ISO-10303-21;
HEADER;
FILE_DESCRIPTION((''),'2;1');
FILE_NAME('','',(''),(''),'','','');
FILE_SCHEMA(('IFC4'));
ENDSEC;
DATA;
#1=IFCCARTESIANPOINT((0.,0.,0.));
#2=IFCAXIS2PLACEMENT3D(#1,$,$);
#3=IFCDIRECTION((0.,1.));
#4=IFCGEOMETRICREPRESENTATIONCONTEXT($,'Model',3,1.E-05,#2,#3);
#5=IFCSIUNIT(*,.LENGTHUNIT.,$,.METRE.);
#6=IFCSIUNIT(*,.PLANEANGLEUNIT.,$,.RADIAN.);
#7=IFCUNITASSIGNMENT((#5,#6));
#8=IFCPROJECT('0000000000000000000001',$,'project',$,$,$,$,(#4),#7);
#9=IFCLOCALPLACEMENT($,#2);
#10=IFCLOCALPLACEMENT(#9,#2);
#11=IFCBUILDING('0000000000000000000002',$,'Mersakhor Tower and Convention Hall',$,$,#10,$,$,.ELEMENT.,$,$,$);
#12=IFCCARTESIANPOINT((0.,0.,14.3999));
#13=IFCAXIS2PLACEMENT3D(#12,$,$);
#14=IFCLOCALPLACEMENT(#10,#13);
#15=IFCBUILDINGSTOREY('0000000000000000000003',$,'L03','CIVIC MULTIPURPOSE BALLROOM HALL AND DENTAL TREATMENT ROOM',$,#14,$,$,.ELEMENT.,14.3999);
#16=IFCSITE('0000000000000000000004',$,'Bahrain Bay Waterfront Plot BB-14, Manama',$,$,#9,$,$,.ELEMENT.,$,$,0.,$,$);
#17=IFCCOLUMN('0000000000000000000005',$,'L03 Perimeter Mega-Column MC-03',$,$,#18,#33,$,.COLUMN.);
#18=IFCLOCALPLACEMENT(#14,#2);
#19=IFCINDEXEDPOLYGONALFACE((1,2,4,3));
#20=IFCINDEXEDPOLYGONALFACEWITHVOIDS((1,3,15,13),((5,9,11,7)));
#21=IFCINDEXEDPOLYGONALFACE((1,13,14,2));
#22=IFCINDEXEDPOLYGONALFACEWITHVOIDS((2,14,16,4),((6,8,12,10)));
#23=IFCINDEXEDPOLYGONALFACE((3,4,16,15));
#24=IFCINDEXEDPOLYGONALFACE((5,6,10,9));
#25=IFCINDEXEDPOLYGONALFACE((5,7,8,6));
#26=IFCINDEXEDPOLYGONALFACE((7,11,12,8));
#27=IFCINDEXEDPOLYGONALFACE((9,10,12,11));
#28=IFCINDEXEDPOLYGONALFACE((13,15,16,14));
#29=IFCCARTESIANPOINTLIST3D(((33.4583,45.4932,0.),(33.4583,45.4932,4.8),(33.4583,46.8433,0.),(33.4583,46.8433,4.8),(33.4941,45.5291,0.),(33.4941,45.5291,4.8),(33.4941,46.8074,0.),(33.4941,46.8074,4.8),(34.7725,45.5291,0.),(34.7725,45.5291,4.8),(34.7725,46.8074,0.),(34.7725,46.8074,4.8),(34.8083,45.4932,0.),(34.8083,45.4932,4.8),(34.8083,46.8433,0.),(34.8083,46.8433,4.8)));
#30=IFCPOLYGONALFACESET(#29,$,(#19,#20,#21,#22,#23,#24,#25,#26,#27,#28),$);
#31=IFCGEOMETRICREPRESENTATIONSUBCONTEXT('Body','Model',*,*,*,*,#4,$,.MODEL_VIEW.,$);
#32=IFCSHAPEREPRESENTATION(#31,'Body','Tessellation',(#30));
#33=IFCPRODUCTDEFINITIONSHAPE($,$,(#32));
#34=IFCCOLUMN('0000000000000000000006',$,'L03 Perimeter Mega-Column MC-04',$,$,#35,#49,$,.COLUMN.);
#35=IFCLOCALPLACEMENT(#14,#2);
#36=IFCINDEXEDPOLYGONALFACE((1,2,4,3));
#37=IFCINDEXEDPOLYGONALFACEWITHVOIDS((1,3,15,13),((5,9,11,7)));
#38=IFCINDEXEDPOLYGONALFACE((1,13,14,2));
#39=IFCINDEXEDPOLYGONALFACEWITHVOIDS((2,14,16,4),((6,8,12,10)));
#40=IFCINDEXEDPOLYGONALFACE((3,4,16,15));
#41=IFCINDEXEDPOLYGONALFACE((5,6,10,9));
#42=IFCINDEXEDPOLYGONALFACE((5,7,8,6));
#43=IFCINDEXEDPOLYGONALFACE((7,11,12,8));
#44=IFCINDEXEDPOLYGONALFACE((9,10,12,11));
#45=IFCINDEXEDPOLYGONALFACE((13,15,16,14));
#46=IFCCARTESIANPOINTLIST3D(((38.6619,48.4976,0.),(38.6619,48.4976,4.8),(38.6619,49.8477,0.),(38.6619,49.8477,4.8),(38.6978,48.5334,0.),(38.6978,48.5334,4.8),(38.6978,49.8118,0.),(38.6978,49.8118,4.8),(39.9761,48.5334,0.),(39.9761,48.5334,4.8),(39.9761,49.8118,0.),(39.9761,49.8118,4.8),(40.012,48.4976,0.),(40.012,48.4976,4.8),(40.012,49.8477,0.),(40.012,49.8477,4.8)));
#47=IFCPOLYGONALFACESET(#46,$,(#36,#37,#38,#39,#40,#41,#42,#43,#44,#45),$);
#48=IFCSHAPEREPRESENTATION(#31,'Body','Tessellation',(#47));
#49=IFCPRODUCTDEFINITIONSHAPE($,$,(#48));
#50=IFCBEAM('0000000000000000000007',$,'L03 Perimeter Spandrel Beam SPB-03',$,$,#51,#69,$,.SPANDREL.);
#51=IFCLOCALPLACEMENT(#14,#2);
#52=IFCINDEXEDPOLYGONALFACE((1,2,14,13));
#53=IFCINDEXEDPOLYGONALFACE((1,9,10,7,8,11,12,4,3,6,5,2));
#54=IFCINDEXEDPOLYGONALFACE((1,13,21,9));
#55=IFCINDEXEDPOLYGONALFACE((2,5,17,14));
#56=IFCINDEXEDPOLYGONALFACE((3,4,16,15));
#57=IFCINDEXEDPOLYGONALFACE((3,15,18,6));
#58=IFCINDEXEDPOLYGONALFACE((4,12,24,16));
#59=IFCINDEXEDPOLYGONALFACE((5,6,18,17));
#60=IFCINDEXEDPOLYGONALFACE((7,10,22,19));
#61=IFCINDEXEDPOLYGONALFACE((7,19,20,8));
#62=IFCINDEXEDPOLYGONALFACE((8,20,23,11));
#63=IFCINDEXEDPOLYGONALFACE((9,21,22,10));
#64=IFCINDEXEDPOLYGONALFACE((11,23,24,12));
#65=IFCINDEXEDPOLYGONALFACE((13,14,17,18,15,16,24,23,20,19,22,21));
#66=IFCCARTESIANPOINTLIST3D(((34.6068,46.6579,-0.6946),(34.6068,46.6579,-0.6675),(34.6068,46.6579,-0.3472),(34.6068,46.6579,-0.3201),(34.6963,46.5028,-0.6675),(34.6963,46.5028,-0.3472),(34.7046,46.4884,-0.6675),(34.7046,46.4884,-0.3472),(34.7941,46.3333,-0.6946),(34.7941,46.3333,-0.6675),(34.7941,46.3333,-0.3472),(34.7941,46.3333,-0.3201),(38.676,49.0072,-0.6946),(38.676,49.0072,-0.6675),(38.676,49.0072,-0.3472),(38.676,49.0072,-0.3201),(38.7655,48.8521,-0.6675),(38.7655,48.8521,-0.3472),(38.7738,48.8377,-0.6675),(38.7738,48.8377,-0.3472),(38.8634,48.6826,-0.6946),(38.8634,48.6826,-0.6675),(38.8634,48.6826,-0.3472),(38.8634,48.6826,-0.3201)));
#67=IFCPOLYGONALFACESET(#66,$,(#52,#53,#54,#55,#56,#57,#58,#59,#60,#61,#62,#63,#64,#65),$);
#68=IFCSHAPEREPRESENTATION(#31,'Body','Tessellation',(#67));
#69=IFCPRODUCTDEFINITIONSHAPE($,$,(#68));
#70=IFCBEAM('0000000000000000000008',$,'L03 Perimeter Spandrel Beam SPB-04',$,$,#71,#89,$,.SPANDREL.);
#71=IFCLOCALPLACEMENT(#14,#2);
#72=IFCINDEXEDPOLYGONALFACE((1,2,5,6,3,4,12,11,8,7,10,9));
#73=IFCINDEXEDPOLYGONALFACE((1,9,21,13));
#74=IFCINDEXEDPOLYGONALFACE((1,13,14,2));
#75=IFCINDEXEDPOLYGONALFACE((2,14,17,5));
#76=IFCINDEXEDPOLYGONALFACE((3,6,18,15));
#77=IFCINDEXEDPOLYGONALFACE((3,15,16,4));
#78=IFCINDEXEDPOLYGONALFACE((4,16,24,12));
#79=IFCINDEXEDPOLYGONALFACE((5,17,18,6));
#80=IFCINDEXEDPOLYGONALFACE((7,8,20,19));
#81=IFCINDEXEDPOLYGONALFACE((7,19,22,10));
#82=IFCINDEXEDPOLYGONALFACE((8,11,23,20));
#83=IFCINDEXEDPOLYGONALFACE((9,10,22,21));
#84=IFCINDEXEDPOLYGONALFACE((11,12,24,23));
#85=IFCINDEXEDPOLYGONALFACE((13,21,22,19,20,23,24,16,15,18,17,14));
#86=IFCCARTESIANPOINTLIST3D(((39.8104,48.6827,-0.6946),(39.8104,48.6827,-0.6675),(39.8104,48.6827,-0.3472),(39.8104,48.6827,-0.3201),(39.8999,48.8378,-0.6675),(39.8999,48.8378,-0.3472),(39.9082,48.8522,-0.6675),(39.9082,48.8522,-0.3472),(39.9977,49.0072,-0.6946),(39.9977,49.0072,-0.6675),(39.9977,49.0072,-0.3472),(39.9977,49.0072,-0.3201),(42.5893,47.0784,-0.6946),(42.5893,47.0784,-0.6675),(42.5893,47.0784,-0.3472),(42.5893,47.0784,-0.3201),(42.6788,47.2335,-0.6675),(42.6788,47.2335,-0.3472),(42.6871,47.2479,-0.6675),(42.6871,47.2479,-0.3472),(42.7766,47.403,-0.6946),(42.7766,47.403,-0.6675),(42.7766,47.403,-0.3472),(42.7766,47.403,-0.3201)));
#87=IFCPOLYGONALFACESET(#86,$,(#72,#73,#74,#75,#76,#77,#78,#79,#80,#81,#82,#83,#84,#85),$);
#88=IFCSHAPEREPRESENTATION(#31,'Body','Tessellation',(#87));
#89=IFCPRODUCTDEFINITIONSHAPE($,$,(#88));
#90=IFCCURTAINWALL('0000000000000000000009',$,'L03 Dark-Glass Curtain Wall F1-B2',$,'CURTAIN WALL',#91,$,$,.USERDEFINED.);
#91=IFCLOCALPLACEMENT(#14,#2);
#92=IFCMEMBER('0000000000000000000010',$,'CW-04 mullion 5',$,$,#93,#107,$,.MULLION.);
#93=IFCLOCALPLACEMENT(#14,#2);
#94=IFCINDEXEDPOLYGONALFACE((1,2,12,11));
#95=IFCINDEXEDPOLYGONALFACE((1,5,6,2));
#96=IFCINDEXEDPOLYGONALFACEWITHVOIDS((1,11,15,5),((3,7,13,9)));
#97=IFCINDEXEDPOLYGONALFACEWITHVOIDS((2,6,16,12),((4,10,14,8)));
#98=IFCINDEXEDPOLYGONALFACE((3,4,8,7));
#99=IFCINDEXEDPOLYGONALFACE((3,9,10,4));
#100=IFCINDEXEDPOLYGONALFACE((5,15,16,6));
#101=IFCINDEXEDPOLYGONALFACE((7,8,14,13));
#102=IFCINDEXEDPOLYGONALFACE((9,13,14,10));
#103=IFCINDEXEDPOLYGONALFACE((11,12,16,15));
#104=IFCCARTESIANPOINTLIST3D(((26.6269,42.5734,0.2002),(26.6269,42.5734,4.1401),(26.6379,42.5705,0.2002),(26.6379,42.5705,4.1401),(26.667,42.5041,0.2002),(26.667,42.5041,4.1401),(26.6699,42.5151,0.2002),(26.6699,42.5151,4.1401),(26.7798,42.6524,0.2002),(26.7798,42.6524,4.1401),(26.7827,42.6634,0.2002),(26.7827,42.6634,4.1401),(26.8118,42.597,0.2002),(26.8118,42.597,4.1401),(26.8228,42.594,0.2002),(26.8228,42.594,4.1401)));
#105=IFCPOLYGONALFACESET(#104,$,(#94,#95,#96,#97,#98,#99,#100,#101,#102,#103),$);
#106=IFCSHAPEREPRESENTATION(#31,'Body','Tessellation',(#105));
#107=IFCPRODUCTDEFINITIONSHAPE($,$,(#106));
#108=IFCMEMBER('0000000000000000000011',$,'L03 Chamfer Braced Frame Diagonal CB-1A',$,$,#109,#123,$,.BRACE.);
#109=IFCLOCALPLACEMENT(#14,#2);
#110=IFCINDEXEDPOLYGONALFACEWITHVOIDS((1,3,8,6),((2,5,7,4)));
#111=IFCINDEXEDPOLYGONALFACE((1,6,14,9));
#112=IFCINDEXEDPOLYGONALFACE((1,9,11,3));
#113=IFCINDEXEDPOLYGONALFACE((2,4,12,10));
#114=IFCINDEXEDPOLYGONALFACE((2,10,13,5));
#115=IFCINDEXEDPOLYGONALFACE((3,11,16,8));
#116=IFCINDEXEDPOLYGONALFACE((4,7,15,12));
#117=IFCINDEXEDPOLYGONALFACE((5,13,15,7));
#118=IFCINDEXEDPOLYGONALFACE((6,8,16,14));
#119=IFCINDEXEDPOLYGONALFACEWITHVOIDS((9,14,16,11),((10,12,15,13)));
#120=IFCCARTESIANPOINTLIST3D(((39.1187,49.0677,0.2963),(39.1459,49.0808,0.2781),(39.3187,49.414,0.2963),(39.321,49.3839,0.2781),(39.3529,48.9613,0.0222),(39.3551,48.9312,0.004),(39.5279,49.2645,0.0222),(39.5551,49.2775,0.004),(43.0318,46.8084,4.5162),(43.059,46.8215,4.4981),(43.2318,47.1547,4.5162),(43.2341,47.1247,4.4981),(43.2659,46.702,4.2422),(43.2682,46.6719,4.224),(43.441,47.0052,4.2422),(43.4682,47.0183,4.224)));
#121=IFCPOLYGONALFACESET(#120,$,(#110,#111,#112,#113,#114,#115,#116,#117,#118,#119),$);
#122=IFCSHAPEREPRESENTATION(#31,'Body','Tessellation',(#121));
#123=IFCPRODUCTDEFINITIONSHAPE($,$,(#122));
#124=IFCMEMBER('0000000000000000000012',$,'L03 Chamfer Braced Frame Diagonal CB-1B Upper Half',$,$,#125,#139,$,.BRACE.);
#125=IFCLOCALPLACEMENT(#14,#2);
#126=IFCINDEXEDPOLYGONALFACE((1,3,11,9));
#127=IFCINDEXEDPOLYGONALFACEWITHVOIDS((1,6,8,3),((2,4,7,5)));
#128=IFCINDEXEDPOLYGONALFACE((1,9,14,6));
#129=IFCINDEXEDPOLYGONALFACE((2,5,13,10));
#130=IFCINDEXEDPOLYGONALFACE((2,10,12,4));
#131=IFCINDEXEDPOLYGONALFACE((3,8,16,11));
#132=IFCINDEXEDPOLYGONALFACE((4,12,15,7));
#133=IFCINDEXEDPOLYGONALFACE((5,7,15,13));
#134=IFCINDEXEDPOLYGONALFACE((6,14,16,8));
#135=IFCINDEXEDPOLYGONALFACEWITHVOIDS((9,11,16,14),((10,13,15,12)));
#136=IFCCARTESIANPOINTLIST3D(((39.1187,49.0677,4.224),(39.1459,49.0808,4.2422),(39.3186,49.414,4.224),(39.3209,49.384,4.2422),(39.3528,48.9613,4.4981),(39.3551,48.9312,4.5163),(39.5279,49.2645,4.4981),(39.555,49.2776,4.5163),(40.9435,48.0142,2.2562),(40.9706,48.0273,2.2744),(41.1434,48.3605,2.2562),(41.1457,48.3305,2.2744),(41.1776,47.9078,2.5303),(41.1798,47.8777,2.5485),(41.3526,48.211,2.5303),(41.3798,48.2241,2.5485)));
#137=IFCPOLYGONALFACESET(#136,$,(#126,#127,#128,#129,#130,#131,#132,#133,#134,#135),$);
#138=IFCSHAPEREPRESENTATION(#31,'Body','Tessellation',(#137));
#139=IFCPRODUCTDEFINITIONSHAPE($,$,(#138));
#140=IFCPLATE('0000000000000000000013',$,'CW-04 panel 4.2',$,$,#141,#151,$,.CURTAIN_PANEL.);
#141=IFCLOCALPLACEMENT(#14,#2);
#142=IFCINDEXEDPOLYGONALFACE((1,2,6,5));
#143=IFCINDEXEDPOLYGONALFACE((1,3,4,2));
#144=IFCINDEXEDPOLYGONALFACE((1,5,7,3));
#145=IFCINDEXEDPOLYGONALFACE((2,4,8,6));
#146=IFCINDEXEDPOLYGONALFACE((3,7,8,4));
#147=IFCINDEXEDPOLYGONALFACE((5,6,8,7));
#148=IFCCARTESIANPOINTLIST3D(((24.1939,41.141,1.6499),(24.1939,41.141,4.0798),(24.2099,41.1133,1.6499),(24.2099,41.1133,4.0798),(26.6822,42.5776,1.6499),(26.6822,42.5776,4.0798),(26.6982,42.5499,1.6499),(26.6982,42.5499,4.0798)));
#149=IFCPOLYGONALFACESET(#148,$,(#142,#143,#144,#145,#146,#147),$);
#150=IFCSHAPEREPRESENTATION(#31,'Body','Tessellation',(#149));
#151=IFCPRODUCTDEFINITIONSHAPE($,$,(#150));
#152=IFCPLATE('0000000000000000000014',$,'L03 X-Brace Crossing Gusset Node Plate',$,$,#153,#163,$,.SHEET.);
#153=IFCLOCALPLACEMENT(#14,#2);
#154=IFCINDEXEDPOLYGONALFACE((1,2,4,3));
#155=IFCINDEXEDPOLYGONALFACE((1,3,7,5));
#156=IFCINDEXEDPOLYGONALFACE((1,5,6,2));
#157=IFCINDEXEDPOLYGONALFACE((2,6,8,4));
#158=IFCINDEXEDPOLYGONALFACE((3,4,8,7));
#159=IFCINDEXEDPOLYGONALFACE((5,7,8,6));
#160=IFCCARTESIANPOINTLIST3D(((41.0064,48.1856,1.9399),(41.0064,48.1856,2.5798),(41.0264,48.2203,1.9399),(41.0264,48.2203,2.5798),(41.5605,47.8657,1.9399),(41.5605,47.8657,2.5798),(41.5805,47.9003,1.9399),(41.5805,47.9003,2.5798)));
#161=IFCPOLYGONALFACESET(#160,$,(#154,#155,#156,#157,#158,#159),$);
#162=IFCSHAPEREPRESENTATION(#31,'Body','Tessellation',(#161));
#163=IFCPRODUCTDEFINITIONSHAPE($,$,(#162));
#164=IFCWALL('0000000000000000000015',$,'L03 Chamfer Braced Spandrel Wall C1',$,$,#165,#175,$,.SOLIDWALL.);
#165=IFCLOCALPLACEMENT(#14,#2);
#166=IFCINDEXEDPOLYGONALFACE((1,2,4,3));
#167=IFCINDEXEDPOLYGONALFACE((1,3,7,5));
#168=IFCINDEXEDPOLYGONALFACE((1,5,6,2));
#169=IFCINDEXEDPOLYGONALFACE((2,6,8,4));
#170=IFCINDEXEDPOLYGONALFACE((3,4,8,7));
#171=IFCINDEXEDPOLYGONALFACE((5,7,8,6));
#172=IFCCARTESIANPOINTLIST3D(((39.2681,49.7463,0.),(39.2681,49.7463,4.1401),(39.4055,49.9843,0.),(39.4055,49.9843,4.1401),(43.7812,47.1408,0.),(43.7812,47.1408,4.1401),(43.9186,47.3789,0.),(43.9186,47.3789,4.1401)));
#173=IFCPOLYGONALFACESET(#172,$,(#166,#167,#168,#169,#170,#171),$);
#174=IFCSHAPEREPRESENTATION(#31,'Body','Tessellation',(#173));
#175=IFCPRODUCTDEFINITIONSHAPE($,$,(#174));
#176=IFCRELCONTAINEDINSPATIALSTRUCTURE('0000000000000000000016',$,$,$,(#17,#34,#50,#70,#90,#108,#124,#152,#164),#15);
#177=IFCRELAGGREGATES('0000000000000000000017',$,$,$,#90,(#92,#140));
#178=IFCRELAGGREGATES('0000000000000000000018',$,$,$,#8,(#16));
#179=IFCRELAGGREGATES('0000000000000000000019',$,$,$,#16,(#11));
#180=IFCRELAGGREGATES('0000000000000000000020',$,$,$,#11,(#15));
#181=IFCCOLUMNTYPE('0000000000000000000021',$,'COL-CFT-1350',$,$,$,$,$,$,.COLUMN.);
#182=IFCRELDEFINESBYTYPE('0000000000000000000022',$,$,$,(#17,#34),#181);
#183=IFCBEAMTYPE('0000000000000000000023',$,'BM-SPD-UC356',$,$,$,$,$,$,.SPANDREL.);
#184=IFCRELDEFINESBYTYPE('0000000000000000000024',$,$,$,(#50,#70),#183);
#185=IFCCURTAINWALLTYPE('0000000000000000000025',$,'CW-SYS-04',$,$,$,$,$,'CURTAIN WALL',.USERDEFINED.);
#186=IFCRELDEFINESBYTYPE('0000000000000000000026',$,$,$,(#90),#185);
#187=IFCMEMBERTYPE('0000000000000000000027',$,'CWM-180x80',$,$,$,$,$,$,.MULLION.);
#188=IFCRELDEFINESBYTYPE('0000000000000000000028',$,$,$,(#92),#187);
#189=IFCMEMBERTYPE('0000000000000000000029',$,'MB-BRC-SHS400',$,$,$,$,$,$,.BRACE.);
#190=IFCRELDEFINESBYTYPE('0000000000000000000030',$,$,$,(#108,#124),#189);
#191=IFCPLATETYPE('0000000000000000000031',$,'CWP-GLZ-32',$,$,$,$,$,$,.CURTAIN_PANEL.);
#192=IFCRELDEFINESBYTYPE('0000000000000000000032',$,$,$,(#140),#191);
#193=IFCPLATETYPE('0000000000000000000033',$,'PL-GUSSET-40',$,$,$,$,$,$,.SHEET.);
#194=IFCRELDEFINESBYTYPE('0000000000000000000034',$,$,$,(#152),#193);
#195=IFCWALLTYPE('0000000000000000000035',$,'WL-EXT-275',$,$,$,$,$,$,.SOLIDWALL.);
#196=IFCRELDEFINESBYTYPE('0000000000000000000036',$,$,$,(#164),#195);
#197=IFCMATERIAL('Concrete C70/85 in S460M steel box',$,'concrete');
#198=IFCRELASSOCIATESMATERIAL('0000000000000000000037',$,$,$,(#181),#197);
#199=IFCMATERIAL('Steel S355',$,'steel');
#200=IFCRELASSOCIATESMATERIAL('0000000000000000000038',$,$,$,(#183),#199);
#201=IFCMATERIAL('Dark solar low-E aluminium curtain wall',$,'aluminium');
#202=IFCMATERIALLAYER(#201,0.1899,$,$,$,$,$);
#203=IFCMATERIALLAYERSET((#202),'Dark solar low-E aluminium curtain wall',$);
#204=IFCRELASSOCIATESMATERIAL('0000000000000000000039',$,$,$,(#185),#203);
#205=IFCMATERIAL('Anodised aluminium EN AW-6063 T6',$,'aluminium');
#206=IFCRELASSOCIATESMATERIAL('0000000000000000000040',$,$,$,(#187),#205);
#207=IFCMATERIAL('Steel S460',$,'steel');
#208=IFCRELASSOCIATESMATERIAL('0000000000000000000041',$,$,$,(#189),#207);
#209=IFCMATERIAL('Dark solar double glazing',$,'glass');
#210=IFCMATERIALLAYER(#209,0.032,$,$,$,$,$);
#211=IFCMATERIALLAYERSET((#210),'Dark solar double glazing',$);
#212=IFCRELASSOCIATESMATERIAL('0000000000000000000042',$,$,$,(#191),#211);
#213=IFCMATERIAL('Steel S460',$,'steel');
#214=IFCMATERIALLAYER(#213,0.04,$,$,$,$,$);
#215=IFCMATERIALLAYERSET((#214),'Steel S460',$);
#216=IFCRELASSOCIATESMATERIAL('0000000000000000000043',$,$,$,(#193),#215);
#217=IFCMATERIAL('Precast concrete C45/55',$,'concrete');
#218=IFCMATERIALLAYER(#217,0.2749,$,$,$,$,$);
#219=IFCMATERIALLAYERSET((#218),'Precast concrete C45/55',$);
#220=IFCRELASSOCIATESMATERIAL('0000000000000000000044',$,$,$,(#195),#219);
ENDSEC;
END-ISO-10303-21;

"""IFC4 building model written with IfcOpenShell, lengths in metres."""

from ifc_helpers import new_model, si_unit, direction, frame, frame_2d, origin, origin_2d, place, context, subcontext, project, spatial, rectangle, hollow_rectangle, i_section, extrude, material, layer, layer_set, material_profile, profile_set, type_object, element, aggregate, save


model = new_model("IFC4")

# Units and contexts
model_context = context("Model", 3, precision=1e-05, world=origin(), true_north=direction((0.0, 1.0)))
body_context = subcontext(model_context, "Body", "Model", "MODEL_VIEW")
ifc_project = project(units=[si_unit("LENGTHUNIT", "METRE"), si_unit("PLANEANGLEUNIT", "RADIAN")], contexts=[model_context])

# Site, building, storey
site_placement = place(None, origin())
site = spatial("IfcSite", under=ifc_project, at=site_placement, Name="Bahrain Bay Waterfront Plot BB-14, Manama", CompositionType="ELEMENT", RefElevation=0.0)
building_placement = place(site_placement, origin())
building = spatial("IfcBuilding", under=site, at=building_placement, Name="Mersakhor Tower and Convention Hall", CompositionType="ELEMENT")
storey_placement = place(building_placement, frame((0.0, 0.0, 14.3999)))
storey = spatial("IfcBuildingStorey", under=building, at=storey_placement, Name="L03", Description="CIVIC MULTIPURPOSE BALLROOM HALL AND DENTAL TREATMENT ROOM", CompositionType="ELEMENT", Elevation=14.3999)

# Columns
ifc_material_1 = material(Name="Concrete C70/85 in S460M steel box", Category="concrete")
ifc_material_profile_1 = material_profile(ifc_material_1, hollow_rectangle(XDim=1.3501, YDim=1.3501, WallThickness=0.0359, at=origin_2d()), Name="SHS 1350x1350x36")
ifc_profile_set_1 = profile_set([ifc_material_profile_1], Name="Concrete C70/85 in S460M steel box")
column_type = type_object("IfcColumnType", Name="COL-CFT-1350", PredefinedType="COLUMN", material=ifc_profile_set_1)
for number, where, z_axis, x_axis, name in (
    (1, (34.1333, 46.1682, 0.0), (0.0, 0.0, 1.0), (1.0, 0.0, 0.0), "L03 Perimeter Mega-Column MC-03"),
    (2, (39.3369, 49.1726, 0.0), (0.0, 0.0, 1.0), (1.0, 0.0, 0.0), "L03 Perimeter Mega-Column MC-04"),
):
    element("IfcColumn", number, at=place(storey_placement, frame(where, z_axis=z_axis, x_axis=x_axis)), inside=storey, type_object=column_type, Name=name, PredefinedType="COLUMN", context=body_context, shape_type="SweptSolid", body=[
        extrude(hollow_rectangle(XDim=1.3501, YDim=1.3501, WallThickness=0.0359, at=origin_2d()), origin(), (0.0, 0.0, 1.0), 4.8),
    ])

# Beams
ifc_material_2 = material(Name="Steel S355", Category="steel")
ifc_material_profile_2 = material_profile(ifc_material_2, i_section(OverallWidth=0.3748, OverallDepth=0.3745, WebThickness=0.0166, FlangeThickness=0.0271, at=origin_2d()), Name="UC 356x368x202")
ifc_profile_set_2 = profile_set([ifc_material_profile_2], Name="Steel S355")
beam_type = type_object("IfcBeamType", Name="BM-SPD-UC356", PredefinedType="SPANDREL", material=ifc_profile_set_2)
beam_1_placement = place(storey_placement, frame((34.7004, 46.4956, -0.5073), z_axis=(0.866032, 0.499989, 0.0), x_axis=(-0.499989, 0.866032, 0.0)))
element("IfcBeam", 3, at=beam_1_placement, inside=storey, type_object=beam_type, Name="L03 Perimeter Spandrel Beam SPB-03", PredefinedType="SPANDREL", context=body_context, shape_type="SweptSolid", body=[
    extrude(i_section(OverallWidth=0.3748, OverallDepth=0.3745, WebThickness=0.0166, FlangeThickness=0.0271, at=origin_2d()), origin(), (0.0, 0.0, 1.0), 4.6987),
])
beam_2_placement = place(storey_placement, frame((39.9041, 48.845, -0.5073), z_axis=(0.866039, -0.499977, 0.0), x_axis=(0.499977, 0.866039, 0.0)))
element("IfcBeam", 4, at=beam_2_placement, inside=storey, type_object=beam_type, Name="L03 Perimeter Spandrel Beam SPB-04", PredefinedType="SPANDREL", context=body_context, shape_type="SweptSolid", body=[
    extrude(i_section(OverallWidth=0.3748, OverallDepth=0.3745, WebThickness=0.0166, FlangeThickness=0.0271, at=origin_2d()), origin(), (0.0, 0.0, 1.0), 3.2087),
])

# Curtain wall, member
ifc_material_3 = material(Name="Dark solar low-E aluminium curtain wall", Category="aluminium")
ifc_layer_1 = layer(ifc_material_3, 0.1899)
ifc_layer_set_1 = layer_set([ifc_layer_1], Name="Dark solar low-E aluminium curtain wall")
curtain_wall_type = type_object("IfcCurtainWallType", Name="CW-SYS-04", ElementType="CURTAIN WALL", PredefinedType="USERDEFINED", material=ifc_layer_set_1)
curtain_wall_placement = place(storey_placement, origin())
curtain_wall = element("IfcCurtainWall", 5, at=curtain_wall_placement, inside=storey, type_object=curtain_wall_type, Name="L03 Dark-Glass Curtain Wall F1-B2", ObjectType="CURTAIN WALL", PredefinedType="USERDEFINED")
ifc_material_4 = material(Name="Anodised aluminium EN AW-6063 T6", Category="aluminium")
ifc_material_profile_3 = material_profile(ifc_material_4, hollow_rectangle(XDim=0.0801, YDim=0.1799, WallThickness=0.0081, at=origin_2d()), Name="RHS 180x80x8")
ifc_profile_set_3 = profile_set([ifc_material_profile_3], Name="Anodised aluminium EN AW-6063 T6")
member_type_1 = type_object("IfcMemberType", Name="CWM-180x80", PredefinedType="MULLION", material=ifc_profile_set_3)
member_1_placement = place(storey_placement, frame((26.7249, 42.5837, 0.2002), z_axis=(0.0, 0.0, 1.0), x_axis=(-0.500003, 0.866023, 0.0)))
member_1 = element("IfcMember", 6, at=member_1_placement, type_object=member_type_1, Name="CW-04 mullion 5", PredefinedType="MULLION", context=body_context, shape_type="SweptSolid", body=[
    extrude(hollow_rectangle(XDim=0.0801, YDim=0.1799, WallThickness=0.0081, at=origin_2d()), origin(), (0.0, 0.0, 1.0), 3.9399),
])

# Members
ifc_material_5 = material(Name="Steel S460", Category="steel")
ifc_material_profile_4 = material_profile(ifc_material_5, hollow_rectangle(XDim=0.3999, YDim=0.3999, WallThickness=0.0249, at=origin_2d()), Name="SHS 400x400x25")
ifc_profile_set_4 = profile_set([ifc_material_profile_4], Name="Steel S460")
member_type_2 = type_object("IfcMemberType", Name="MB-BRC-SHS400", PredefinedType="BRACE", material=ifc_profile_set_4)
member_2_placement = place(storey_placement, frame((39.3369, 49.1726, 0.1501), z_axis=(0.632918, -0.365424, 0.682554), x_axis=(0.500009, 0.86602, 0.0)))
element("IfcMember", 7, at=member_2_placement, inside=storey, type_object=member_type_2, Name="L03 Chamfer Braced Frame Diagonal CB-1A", PredefinedType="BRACE", context=body_context, shape_type="SweptSolid", body=[
    extrude(hollow_rectangle(XDim=0.3999, YDim=0.3999, WallThickness=0.0249, at=origin_2d()), origin(), (0.0, 0.0, 1.0), 6.1826),
])
member_3_placement = place(storey_placement, frame((41.1616, 48.1191, 2.4023), z_axis=(-0.632927, 0.365411, 0.682552), x_axis=(-0.49999, -0.866031, 0.0)))
element("IfcMember", 8, at=member_3_placement, inside=storey, type_object=member_type_2, Name="L03 Chamfer Braced Frame Diagonal CB-1B Upper Half", PredefinedType="BRACE", context=body_context, shape_type="SweptSolid", body=[
    extrude(hollow_rectangle(XDim=0.3999, YDim=0.3999, WallThickness=0.0249, at=origin_2d()), origin(), (0.0, 0.0, 1.0), 2.8831),
])

# Plates
ifc_material_6 = material(Name="Dark solar double glazing", Category="glass")
ifc_layer_2 = layer(ifc_material_6, 0.032)
ifc_layer_set_2 = layer_set([ifc_layer_2], Name="Dark solar double glazing")
plate_type_1 = type_object("IfcPlateType", Name="CWP-GLZ-32", PredefinedType="CURTAIN_PANEL", material=ifc_layer_set_2)
plate_1_placement = place(storey_placement, frame((25.446, 41.8455, 1.6499), z_axis=(0.0, 0.0, 1.0), x_axis=(0.866023, 0.500003, 0.0)))
plate_1 = element("IfcPlate", 9, at=plate_1_placement, type_object=plate_type_1, Name="CW-04 panel 4.2", PredefinedType="CURTAIN_PANEL", context=body_context, shape_type="SweptSolid", body=[
    extrude(rectangle(XDim=2.8733, YDim=0.032, at=origin_2d()), origin(), (0.0, 0.0, 1.0), 2.4299),
])
aggregate(curtain_wall, [member_1, plate_1])
ifc_material_7 = material(Name="Steel S460", Category="steel")
ifc_layer_3 = layer(ifc_material_7, 0.04)
ifc_layer_set_3 = layer_set([ifc_layer_3], Name="Steel S460")
plate_type_2 = type_object("IfcPlateType", Name="PL-GUSSET-40", PredefinedType="SHEET", material=ifc_layer_set_3)
plate_2_placement = place(storey_placement, frame((41.2935, 48.043, 1.9399), z_axis=(0.0, 0.0, 1.0), x_axis=(-0.866025, 0.5, 0.0)))
element("IfcPlate", 10, at=plate_2_placement, inside=storey, type_object=plate_type_2, Name="L03 X-Brace Crossing Gusset Node Plate", PredefinedType="SHEET", context=body_context, shape_type="SweptSolid", body=[
    extrude(rectangle(XDim=0.6399, YDim=0.04, at=origin_2d()), origin(), (0.0, 0.0, 1.0), 0.6399),
])

# Wall
ifc_material_8 = material(Name="Precast concrete C45/55", Category="concrete")
ifc_layer_4 = layer(ifc_material_8, 0.2749)
ifc_layer_set_4 = layer_set([ifc_layer_4], Name="Precast concrete C45/55")
wall_type_1 = type_object("IfcWallType", Name="WL-EXT-275", PredefinedType="SOLIDWALL", material=ifc_layer_set_4)
wall_1_placement = place(storey_placement, frame((39.3369, 49.8652, 0.0), z_axis=(0.0, 0.0, 1.0), x_axis=(0.866044, -0.499968, 0.0)))
element("IfcWall", 11, at=wall_1_placement, inside=storey, type_object=wall_type_1, Name="L03 Chamfer Braced Spandrel Wall C1", PredefinedType="SOLIDWALL", context=body_context, shape_type="SweptSolid", body=[
    extrude(rectangle(XDim=5.2112, YDim=0.2749, at=frame_2d((2.6055, 0.0))), origin(), (0.0, 0.0, 1.0), 4.1401),
])

save(model, "model.ifc")
